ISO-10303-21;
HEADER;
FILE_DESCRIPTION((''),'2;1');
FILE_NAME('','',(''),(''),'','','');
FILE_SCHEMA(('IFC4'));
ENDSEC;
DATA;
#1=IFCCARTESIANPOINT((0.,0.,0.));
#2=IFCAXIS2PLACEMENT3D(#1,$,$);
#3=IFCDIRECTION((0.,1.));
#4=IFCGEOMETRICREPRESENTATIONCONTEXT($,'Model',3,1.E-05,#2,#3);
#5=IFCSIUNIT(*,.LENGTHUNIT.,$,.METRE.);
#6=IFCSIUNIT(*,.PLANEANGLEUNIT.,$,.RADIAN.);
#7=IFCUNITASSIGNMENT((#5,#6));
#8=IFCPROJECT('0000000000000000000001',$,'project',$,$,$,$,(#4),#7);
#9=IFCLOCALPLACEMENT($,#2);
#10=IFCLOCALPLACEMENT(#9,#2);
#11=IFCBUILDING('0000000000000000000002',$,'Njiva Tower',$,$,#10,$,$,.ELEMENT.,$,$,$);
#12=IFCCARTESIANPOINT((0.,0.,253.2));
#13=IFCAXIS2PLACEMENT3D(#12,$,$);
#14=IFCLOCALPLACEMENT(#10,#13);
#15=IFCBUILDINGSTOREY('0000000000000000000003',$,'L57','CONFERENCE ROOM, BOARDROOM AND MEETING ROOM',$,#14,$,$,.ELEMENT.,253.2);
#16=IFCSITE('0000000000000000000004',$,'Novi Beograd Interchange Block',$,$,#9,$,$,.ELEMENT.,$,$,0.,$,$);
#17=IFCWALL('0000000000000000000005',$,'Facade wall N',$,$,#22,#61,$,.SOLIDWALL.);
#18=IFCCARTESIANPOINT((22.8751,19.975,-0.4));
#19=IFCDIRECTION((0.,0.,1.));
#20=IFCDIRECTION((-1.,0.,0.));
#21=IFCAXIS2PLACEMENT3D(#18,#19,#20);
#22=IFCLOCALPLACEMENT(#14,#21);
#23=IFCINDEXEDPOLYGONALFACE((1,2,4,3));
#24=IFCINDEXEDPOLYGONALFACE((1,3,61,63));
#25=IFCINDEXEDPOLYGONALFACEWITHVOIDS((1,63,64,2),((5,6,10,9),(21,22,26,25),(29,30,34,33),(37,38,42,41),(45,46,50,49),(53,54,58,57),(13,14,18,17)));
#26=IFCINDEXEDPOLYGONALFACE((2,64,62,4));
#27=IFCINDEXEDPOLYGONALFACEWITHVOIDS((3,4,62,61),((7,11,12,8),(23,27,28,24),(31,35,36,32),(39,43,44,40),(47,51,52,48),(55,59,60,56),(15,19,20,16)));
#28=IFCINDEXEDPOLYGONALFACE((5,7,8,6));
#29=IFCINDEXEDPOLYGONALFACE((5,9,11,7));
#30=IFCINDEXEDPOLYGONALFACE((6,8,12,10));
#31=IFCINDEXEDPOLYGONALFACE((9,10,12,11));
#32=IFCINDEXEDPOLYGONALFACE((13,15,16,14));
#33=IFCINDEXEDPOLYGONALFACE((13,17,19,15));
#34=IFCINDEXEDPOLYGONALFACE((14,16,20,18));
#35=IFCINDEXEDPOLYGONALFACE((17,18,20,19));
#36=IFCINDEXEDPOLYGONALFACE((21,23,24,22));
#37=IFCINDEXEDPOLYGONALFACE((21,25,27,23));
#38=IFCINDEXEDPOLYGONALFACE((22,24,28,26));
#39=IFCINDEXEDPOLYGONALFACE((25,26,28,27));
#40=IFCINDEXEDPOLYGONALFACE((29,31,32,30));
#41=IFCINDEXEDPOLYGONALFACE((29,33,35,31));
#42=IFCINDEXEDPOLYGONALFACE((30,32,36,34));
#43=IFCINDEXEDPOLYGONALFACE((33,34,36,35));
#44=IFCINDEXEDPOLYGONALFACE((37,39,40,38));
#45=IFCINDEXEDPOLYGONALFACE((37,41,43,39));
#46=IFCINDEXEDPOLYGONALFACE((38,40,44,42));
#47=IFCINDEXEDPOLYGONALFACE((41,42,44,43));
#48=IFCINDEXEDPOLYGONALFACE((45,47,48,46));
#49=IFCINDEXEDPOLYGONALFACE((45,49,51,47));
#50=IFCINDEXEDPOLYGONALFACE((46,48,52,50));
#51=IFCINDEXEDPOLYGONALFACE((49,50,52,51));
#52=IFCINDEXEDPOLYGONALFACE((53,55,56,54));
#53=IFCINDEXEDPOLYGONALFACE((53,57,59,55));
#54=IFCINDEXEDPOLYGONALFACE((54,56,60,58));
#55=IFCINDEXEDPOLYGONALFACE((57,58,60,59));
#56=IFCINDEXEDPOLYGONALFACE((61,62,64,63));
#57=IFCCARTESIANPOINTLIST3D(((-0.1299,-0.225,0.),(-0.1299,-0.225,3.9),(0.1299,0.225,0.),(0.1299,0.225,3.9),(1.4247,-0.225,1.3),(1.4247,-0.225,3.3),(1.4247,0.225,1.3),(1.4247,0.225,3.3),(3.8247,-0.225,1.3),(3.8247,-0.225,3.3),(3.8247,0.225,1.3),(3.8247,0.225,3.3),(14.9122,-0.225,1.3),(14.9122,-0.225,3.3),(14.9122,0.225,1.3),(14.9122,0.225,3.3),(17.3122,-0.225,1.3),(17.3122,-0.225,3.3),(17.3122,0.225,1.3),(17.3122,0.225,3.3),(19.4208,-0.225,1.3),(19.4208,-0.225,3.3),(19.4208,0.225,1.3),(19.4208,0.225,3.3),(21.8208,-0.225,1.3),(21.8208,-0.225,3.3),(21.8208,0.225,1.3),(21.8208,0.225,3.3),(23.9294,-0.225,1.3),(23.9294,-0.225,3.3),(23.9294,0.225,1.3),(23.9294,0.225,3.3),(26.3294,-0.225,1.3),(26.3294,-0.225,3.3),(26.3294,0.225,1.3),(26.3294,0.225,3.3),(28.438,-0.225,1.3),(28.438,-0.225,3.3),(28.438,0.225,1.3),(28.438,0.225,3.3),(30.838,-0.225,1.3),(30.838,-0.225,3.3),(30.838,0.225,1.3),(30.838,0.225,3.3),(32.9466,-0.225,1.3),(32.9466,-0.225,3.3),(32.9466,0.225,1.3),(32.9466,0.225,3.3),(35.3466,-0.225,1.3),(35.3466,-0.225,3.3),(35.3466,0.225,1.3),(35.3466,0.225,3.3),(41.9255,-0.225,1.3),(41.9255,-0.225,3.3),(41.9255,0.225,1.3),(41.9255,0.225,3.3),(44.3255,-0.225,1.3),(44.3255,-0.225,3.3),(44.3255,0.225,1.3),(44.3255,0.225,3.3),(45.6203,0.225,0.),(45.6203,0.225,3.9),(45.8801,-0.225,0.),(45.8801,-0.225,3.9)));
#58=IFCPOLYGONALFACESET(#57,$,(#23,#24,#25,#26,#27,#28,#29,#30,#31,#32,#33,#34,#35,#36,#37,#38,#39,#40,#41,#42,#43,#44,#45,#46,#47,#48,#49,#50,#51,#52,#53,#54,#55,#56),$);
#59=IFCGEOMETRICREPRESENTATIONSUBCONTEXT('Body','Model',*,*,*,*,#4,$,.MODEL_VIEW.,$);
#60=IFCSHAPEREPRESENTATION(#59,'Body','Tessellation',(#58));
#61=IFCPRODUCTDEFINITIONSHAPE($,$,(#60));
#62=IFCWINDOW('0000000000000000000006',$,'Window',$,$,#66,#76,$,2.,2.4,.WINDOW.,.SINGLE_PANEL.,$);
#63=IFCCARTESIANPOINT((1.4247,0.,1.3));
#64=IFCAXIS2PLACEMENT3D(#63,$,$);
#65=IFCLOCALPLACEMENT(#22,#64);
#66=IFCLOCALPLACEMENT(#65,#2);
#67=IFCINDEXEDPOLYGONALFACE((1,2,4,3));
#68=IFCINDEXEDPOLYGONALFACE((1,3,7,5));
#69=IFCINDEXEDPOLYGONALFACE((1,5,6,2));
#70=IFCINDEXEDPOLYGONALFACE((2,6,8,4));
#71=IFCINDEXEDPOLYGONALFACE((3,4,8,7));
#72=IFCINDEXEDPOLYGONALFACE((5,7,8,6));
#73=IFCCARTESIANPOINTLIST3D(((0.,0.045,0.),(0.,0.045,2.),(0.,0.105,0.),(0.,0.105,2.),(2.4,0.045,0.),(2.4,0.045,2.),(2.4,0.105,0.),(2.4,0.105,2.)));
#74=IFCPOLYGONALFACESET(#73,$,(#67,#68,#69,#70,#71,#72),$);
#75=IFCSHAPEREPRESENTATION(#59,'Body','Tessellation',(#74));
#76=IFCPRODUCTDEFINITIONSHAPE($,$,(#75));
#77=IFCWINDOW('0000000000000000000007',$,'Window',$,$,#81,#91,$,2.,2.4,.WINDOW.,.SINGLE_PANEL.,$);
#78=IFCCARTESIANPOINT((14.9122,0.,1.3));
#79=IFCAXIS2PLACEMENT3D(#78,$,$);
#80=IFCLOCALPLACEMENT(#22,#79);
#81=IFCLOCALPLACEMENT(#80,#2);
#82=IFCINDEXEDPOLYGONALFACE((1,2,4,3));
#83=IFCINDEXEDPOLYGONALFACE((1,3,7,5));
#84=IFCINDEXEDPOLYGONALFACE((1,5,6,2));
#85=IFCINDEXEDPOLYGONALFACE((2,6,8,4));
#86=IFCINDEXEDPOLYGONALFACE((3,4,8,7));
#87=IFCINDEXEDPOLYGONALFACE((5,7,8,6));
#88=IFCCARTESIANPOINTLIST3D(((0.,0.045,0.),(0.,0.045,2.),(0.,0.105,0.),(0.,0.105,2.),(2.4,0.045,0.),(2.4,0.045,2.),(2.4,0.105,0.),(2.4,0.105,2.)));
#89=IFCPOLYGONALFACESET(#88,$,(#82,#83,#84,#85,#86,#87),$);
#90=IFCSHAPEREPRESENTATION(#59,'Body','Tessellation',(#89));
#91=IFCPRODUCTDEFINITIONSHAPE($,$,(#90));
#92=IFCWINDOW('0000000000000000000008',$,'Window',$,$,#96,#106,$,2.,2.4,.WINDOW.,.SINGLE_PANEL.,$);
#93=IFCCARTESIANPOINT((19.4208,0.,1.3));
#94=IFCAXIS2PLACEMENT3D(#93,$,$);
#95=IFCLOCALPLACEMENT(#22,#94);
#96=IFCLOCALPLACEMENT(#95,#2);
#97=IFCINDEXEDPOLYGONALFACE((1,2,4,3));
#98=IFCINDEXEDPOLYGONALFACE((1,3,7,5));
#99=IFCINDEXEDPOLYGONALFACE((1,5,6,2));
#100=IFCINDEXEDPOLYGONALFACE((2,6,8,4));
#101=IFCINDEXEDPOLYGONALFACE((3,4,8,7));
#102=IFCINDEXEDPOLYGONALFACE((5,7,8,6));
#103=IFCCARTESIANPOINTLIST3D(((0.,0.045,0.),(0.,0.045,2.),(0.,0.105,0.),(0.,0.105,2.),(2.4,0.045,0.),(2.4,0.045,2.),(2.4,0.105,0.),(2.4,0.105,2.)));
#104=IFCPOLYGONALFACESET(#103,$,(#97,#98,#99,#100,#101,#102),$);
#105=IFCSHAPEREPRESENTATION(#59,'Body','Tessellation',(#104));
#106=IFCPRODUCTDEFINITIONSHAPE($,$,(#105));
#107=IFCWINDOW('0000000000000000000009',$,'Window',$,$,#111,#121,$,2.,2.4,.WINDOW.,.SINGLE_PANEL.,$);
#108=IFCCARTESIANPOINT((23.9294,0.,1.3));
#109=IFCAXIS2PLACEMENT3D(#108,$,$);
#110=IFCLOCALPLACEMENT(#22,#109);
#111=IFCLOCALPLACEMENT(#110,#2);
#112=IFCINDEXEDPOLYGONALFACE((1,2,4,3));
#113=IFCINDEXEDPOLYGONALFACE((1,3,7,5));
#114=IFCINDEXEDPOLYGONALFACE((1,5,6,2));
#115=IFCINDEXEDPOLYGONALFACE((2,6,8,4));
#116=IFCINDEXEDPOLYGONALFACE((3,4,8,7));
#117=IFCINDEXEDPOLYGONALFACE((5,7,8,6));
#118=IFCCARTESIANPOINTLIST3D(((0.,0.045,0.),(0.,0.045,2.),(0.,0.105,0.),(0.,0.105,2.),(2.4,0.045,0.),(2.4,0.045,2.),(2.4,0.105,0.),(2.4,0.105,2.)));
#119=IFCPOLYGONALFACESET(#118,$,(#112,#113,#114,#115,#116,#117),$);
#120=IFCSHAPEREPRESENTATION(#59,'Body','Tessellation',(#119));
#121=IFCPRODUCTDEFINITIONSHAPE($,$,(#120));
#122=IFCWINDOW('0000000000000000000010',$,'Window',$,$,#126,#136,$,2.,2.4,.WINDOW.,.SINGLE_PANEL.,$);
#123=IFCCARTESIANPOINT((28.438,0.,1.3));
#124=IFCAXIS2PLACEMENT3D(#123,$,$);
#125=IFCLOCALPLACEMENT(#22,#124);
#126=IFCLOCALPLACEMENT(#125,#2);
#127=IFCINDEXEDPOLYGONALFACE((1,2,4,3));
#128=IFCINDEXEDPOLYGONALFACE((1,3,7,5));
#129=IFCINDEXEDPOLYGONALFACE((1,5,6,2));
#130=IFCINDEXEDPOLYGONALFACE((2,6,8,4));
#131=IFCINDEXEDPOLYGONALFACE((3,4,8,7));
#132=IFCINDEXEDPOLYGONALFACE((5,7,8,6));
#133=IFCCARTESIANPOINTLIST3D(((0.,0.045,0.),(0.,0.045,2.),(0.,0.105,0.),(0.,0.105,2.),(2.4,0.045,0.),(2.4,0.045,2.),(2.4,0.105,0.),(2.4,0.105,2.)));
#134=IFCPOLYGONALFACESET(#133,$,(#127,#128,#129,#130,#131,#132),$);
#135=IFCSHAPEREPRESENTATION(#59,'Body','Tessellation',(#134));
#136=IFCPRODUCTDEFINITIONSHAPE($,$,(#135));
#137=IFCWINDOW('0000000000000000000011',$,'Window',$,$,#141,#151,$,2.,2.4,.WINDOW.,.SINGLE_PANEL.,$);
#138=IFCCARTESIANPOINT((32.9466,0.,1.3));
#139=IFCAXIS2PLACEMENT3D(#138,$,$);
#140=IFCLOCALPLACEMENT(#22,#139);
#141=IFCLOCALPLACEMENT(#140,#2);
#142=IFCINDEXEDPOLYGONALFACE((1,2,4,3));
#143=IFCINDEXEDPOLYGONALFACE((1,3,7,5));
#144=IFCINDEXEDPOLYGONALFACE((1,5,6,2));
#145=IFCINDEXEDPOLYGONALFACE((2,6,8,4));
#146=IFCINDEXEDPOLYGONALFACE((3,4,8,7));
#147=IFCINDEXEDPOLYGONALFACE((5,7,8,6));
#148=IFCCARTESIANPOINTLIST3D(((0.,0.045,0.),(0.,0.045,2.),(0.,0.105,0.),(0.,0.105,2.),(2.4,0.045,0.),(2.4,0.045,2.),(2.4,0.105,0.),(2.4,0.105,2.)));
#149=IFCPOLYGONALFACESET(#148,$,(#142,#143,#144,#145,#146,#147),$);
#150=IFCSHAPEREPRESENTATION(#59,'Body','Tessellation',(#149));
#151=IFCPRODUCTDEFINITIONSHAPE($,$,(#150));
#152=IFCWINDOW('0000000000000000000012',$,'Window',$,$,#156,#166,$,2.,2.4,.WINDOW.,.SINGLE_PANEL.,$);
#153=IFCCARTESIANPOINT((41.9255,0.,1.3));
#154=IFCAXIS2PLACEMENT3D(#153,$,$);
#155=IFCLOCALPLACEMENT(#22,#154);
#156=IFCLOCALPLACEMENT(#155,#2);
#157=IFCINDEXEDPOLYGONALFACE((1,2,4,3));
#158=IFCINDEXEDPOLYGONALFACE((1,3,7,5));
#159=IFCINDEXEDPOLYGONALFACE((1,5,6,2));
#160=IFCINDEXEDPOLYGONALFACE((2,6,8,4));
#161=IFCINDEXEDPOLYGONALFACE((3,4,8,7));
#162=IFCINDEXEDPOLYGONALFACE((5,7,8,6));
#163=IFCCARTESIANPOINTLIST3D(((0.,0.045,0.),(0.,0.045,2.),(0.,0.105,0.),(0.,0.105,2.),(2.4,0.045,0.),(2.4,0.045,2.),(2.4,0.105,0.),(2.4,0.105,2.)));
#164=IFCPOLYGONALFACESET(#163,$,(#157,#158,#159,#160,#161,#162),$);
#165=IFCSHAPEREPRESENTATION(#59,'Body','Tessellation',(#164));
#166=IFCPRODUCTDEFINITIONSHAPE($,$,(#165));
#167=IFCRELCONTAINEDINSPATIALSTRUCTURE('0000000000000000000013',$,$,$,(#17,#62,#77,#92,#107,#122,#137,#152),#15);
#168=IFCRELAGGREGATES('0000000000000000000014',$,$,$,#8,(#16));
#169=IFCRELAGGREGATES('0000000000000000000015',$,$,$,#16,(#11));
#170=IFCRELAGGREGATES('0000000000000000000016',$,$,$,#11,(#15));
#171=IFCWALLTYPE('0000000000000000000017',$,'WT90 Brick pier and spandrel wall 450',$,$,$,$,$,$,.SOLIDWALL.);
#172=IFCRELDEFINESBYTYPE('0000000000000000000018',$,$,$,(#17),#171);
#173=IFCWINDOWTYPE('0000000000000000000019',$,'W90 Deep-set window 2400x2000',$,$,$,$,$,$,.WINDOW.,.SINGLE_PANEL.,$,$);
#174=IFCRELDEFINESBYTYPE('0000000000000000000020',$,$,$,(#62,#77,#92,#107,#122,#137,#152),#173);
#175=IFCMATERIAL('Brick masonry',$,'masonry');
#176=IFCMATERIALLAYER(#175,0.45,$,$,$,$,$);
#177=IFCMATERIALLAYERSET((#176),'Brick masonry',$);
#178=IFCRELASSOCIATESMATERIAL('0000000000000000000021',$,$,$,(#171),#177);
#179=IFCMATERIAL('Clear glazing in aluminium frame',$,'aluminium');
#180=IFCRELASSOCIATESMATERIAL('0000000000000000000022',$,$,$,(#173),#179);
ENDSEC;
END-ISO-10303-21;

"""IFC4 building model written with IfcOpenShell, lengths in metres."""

from ifc_helpers import new_model, si_unit, direction, frame, frame_2d, origin, place, context, subcontext, project, spatial, polyline, rectangle, outline, extrude, material, layer, layer_set, type_object, element, fill, save


model = new_model("IFC4")

# Units and contexts
model_context = context("Model", 3, precision=1e-05, world=origin(), true_north=direction((0.0, 1.0)))
body_context = subcontext(model_context, "Body", "Model", "MODEL_VIEW")
ifc_project = project(units=[si_unit("LENGTHUNIT", "METRE"), si_unit("PLANEANGLEUNIT", "RADIAN")], contexts=[model_context])

# Site, building, storey
site_placement = place(None, origin())
site = spatial("IfcSite", under=ifc_project, at=site_placement, Name="Novi Beograd Interchange Block", CompositionType="ELEMENT", RefElevation=0.0)
building_placement = place(site_placement, origin())
building = spatial("IfcBuilding", under=site, at=building_placement, Name="Njiva Tower", CompositionType="ELEMENT")
storey_placement = place(building_placement, frame((0.0, 0.0, 253.2)))
storey = spatial("IfcBuildingStorey", under=building, at=storey_placement, Name="L57", Description="CONFERENCE ROOM, BOARDROOM AND MEETING ROOM", CompositionType="ELEMENT", Elevation=253.2)

# Wall, openings, windows
ifc_material_1 = material(Name="Brick masonry", Category="masonry")
ifc_layer_1 = layer(ifc_material_1, 0.45)
ifc_layer_set_1 = layer_set([ifc_layer_1], Name="Brick masonry")
wall_type_1 = type_object("IfcWallType", Name="WT90 Brick pier and spandrel wall 450", PredefinedType="SOLIDWALL", material=ifc_layer_set_1)
wall_1_placement = place(storey_placement, frame((22.8751, 19.975, -0.4), z_axis=(0.0, 0.0, 1.0), x_axis=(-1.0, 0.0, 0.0)))
wall_1 = element("IfcWall", 1, at=wall_1_placement, inside=storey, type_object=wall_type_1, Name="Facade wall N", PredefinedType="SOLIDWALL", context=body_context, shape_type="SweptSolid", body=[
    extrude(outline(polyline([(-0.1299, -0.225), (45.8801, -0.225), (45.6203, 0.225), (0.1299, 0.225), (-0.1299, -0.225)])), origin(), (0.0, 0.0, 1.0), 3.9),
])
opening_1_placement = place(wall_1_placement, frame((1.4247, 0.0, 1.3)))
opening_1 = element("IfcOpeningElement", 2, at=opening_1_placement, cuts=wall_1, PredefinedType="OPENING", context=body_context, shape_type="SweptSolid", body=[
    extrude(rectangle(XDim=2.4, YDim=2.0, at=frame_2d((1.2, 1.0))), frame((0.0, 0.235, 0.0), z_axis=(0.0, -1.0, 0.0), x_axis=(1.0, 0.0, 0.0)), (0.0, 0.0, 1.0), 0.47),
])
opening_2_placement = place(wall_1_placement, frame((14.9122, 0.0, 1.3)))
opening_2 = element("IfcOpeningElement", 3, at=opening_2_placement, cuts=wall_1, PredefinedType="OPENING", context=body_context, shape_type="SweptSolid", body=[
    extrude(rectangle(XDim=2.4, YDim=2.0, at=frame_2d((1.2, 1.0))), frame((0.0, 0.235, 0.0), z_axis=(0.0, -1.0, 0.0), x_axis=(1.0, 0.0, 0.0)), (0.0, 0.0, 1.0), 0.47),
])
opening_3_placement = place(wall_1_placement, frame((19.4208, 0.0, 1.3)))
opening_3 = element("IfcOpeningElement", 4, at=opening_3_placement, cuts=wall_1, PredefinedType="OPENING", context=body_context, shape_type="SweptSolid", body=[
    extrude(rectangle(XDim=2.4, YDim=2.0, at=frame_2d((1.2, 1.0))), frame((0.0, 0.235, 0.0), z_axis=(0.0, -1.0, 0.0), x_axis=(1.0, 0.0, 0.0)), (0.0, 0.0, 1.0), 0.47),
])
opening_4_placement = place(wall_1_placement, frame((23.9294, 0.0, 1.3)))
opening_4 = element("IfcOpeningElement", 5, at=opening_4_placement, cuts=wall_1, PredefinedType="OPENING", context=body_context, shape_type="SweptSolid", body=[
    extrude(rectangle(XDim=2.4, YDim=2.0, at=frame_2d((1.2, 1.0))), frame((0.0, 0.235, 0.0), z_axis=(0.0, -1.0, 0.0), x_axis=(1.0, 0.0, 0.0)), (0.0, 0.0, 1.0), 0.47),
])
opening_5_placement = place(wall_1_placement, frame((28.438, 0.0, 1.3)))
opening_5 = element("IfcOpeningElement", 6, at=opening_5_placement, cuts=wall_1, PredefinedType="OPENING", context=body_context, shape_type="SweptSolid", body=[
    extrude(rectangle(XDim=2.4, YDim=2.0, at=frame_2d((1.2, 1.0))), frame((0.0, 0.235, 0.0), z_axis=(0.0, -1.0, 0.0), x_axis=(1.0, 0.0, 0.0)), (0.0, 0.0, 1.0), 0.47),
])
opening_6_placement = place(wall_1_placement, frame((32.9466, 0.0, 1.3)))
opening_6 = element("IfcOpeningElement", 7, at=opening_6_placement, cuts=wall_1, PredefinedType="OPENING", context=body_context, shape_type="SweptSolid", body=[
    extrude(rectangle(XDim=2.4, YDim=2.0, at=frame_2d((1.2, 1.0))), frame((0.0, 0.235, 0.0), z_axis=(0.0, -1.0, 0.0), x_axis=(1.0, 0.0, 0.0)), (0.0, 0.0, 1.0), 0.47),
])
opening_7_placement = place(wall_1_placement, frame((41.9255, 0.0, 1.3)))
opening_7 = element("IfcOpeningElement", 8, at=opening_7_placement, cuts=wall_1, PredefinedType="OPENING", context=body_context, shape_type="SweptSolid", body=[
    extrude(rectangle(XDim=2.4, YDim=2.0, at=frame_2d((1.2, 1.0))), frame((0.0, 0.235, 0.0), z_axis=(0.0, -1.0, 0.0), x_axis=(1.0, 0.0, 0.0)), (0.0, 0.0, 1.0), 0.47),
])
ifc_material_2 = material(Name="Clear glazing in aluminium frame", Category="aluminium")
window_type_1 = type_object("IfcWindowType", Name="W90 Deep-set window 2400x2000", PartitioningType="SINGLE_PANEL", PredefinedType="WINDOW", material=ifc_material_2)
window_1_placement = place(opening_1_placement, origin())
window_1 = element("IfcWindow", 9, at=window_1_placement, inside=storey, type_object=window_type_1, Name="Window", OverallHeight=2.0, OverallWidth=2.4, PartitioningType="SINGLE_PANEL", PredefinedType="WINDOW", context=body_context, shape_type="SweptSolid", body=[
    extrude(rectangle(XDim=2.4, YDim=2.0, at=frame_2d((1.2, 1.0))), frame((0.0, 0.105, 0.0), z_axis=(0.0, -1.0, 0.0), x_axis=(1.0, 0.0, 0.0)), (0.0, 0.0, 1.0), 0.06),
])
fill(opening_1, window_1)
window_2_placement = place(opening_2_placement, origin())
window_2 = element("IfcWindow", 10, at=window_2_placement, inside=storey, type_object=window_type_1, Name="Window", OverallHeight=2.0, OverallWidth=2.4, PartitioningType="SINGLE_PANEL", PredefinedType="WINDOW", context=body_context, shape_type="SweptSolid", body=[
    extrude(rectangle(XDim=2.4, YDim=2.0, at=frame_2d((1.2, 1.0))), frame((0.0, 0.105, 0.0), z_axis=(0.0, -1.0, 0.0), x_axis=(1.0, 0.0, 0.0)), (0.0, 0.0, 1.0), 0.06),
])
fill(opening_2, window_2)
window_3_placement = place(opening_3_placement, origin())
window_3 = element("IfcWindow", 11, at=window_3_placement, inside=storey, type_object=window_type_1, Name="Window", OverallHeight=2.0, OverallWidth=2.4, PartitioningType="SINGLE_PANEL", PredefinedType="WINDOW", context=body_context, shape_type="SweptSolid", body=[
    extrude(rectangle(XDim=2.4, YDim=2.0, at=frame_2d((1.2, 1.0))), frame((0.0, 0.105, 0.0), z_axis=(0.0, -1.0, 0.0), x_axis=(1.0, 0.0, 0.0)), (0.0, 0.0, 1.0), 0.06),
])
fill(opening_3, window_3)
window_4_placement = place(opening_4_placement, origin())
window_4 = element("IfcWindow", 12, at=window_4_placement, inside=storey, type_object=window_type_1, Name="Window", OverallHeight=2.0, OverallWidth=2.4, PartitioningType="SINGLE_PANEL", PredefinedType="WINDOW", context=body_context, shape_type="SweptSolid", body=[
    extrude(rectangle(XDim=2.4, YDim=2.0, at=frame_2d((1.2, 1.0))), frame((0.0, 0.105, 0.0), z_axis=(0.0, -1.0, 0.0), x_axis=(1.0, 0.0, 0.0)), (0.0, 0.0, 1.0), 0.06),
])
fill(opening_4, window_4)
window_5_placement = place(opening_5_placement, origin())
window_5 = element("IfcWindow", 13, at=window_5_placement, inside=storey, type_object=window_type_1, Name="Window", OverallHeight=2.0, OverallWidth=2.4, PartitioningType="SINGLE_PANEL", PredefinedType="WINDOW", context=body_context, shape_type="SweptSolid", body=[
    extrude(rectangle(XDim=2.4, YDim=2.0, at=frame_2d((1.2, 1.0))), frame((0.0, 0.105, 0.0), z_axis=(0.0, -1.0, 0.0), x_axis=(1.0, 0.0, 0.0)), (0.0, 0.0, 1.0), 0.06),
])
fill(opening_5, window_5)
window_6_placement = place(opening_6_placement, origin())
window_6 = element("IfcWindow", 14, at=window_6_placement, inside=storey, type_object=window_type_1, Name="Window", OverallHeight=2.0, OverallWidth=2.4, PartitioningType="SINGLE_PANEL", PredefinedType="WINDOW", context=body_context, shape_type="SweptSolid", body=[
    extrude(rectangle(XDim=2.4, YDim=2.0, at=frame_2d((1.2, 1.0))), frame((0.0, 0.105, 0.0), z_axis=(0.0, -1.0, 0.0), x_axis=(1.0, 0.0, 0.0)), (0.0, 0.0, 1.0), 0.06),
])
fill(opening_6, window_6)
window_7_placement = place(opening_7_placement, origin())
window_7 = element("IfcWindow", 15, at=window_7_placement, inside=storey, type_object=window_type_1, Name="Window", OverallHeight=2.0, OverallWidth=2.4, PartitioningType="SINGLE_PANEL", PredefinedType="WINDOW", context=body_context, shape_type="SweptSolid", body=[
    extrude(rectangle(XDim=2.4, YDim=2.0, at=frame_2d((1.2, 1.0))), frame((0.0, 0.105, 0.0), z_axis=(0.0, -1.0, 0.0), x_axis=(1.0, 0.0, 0.0)), (0.0, 0.0, 1.0), 0.06),
])
fill(opening_7, window_7)

save(model, "model.ifc")
